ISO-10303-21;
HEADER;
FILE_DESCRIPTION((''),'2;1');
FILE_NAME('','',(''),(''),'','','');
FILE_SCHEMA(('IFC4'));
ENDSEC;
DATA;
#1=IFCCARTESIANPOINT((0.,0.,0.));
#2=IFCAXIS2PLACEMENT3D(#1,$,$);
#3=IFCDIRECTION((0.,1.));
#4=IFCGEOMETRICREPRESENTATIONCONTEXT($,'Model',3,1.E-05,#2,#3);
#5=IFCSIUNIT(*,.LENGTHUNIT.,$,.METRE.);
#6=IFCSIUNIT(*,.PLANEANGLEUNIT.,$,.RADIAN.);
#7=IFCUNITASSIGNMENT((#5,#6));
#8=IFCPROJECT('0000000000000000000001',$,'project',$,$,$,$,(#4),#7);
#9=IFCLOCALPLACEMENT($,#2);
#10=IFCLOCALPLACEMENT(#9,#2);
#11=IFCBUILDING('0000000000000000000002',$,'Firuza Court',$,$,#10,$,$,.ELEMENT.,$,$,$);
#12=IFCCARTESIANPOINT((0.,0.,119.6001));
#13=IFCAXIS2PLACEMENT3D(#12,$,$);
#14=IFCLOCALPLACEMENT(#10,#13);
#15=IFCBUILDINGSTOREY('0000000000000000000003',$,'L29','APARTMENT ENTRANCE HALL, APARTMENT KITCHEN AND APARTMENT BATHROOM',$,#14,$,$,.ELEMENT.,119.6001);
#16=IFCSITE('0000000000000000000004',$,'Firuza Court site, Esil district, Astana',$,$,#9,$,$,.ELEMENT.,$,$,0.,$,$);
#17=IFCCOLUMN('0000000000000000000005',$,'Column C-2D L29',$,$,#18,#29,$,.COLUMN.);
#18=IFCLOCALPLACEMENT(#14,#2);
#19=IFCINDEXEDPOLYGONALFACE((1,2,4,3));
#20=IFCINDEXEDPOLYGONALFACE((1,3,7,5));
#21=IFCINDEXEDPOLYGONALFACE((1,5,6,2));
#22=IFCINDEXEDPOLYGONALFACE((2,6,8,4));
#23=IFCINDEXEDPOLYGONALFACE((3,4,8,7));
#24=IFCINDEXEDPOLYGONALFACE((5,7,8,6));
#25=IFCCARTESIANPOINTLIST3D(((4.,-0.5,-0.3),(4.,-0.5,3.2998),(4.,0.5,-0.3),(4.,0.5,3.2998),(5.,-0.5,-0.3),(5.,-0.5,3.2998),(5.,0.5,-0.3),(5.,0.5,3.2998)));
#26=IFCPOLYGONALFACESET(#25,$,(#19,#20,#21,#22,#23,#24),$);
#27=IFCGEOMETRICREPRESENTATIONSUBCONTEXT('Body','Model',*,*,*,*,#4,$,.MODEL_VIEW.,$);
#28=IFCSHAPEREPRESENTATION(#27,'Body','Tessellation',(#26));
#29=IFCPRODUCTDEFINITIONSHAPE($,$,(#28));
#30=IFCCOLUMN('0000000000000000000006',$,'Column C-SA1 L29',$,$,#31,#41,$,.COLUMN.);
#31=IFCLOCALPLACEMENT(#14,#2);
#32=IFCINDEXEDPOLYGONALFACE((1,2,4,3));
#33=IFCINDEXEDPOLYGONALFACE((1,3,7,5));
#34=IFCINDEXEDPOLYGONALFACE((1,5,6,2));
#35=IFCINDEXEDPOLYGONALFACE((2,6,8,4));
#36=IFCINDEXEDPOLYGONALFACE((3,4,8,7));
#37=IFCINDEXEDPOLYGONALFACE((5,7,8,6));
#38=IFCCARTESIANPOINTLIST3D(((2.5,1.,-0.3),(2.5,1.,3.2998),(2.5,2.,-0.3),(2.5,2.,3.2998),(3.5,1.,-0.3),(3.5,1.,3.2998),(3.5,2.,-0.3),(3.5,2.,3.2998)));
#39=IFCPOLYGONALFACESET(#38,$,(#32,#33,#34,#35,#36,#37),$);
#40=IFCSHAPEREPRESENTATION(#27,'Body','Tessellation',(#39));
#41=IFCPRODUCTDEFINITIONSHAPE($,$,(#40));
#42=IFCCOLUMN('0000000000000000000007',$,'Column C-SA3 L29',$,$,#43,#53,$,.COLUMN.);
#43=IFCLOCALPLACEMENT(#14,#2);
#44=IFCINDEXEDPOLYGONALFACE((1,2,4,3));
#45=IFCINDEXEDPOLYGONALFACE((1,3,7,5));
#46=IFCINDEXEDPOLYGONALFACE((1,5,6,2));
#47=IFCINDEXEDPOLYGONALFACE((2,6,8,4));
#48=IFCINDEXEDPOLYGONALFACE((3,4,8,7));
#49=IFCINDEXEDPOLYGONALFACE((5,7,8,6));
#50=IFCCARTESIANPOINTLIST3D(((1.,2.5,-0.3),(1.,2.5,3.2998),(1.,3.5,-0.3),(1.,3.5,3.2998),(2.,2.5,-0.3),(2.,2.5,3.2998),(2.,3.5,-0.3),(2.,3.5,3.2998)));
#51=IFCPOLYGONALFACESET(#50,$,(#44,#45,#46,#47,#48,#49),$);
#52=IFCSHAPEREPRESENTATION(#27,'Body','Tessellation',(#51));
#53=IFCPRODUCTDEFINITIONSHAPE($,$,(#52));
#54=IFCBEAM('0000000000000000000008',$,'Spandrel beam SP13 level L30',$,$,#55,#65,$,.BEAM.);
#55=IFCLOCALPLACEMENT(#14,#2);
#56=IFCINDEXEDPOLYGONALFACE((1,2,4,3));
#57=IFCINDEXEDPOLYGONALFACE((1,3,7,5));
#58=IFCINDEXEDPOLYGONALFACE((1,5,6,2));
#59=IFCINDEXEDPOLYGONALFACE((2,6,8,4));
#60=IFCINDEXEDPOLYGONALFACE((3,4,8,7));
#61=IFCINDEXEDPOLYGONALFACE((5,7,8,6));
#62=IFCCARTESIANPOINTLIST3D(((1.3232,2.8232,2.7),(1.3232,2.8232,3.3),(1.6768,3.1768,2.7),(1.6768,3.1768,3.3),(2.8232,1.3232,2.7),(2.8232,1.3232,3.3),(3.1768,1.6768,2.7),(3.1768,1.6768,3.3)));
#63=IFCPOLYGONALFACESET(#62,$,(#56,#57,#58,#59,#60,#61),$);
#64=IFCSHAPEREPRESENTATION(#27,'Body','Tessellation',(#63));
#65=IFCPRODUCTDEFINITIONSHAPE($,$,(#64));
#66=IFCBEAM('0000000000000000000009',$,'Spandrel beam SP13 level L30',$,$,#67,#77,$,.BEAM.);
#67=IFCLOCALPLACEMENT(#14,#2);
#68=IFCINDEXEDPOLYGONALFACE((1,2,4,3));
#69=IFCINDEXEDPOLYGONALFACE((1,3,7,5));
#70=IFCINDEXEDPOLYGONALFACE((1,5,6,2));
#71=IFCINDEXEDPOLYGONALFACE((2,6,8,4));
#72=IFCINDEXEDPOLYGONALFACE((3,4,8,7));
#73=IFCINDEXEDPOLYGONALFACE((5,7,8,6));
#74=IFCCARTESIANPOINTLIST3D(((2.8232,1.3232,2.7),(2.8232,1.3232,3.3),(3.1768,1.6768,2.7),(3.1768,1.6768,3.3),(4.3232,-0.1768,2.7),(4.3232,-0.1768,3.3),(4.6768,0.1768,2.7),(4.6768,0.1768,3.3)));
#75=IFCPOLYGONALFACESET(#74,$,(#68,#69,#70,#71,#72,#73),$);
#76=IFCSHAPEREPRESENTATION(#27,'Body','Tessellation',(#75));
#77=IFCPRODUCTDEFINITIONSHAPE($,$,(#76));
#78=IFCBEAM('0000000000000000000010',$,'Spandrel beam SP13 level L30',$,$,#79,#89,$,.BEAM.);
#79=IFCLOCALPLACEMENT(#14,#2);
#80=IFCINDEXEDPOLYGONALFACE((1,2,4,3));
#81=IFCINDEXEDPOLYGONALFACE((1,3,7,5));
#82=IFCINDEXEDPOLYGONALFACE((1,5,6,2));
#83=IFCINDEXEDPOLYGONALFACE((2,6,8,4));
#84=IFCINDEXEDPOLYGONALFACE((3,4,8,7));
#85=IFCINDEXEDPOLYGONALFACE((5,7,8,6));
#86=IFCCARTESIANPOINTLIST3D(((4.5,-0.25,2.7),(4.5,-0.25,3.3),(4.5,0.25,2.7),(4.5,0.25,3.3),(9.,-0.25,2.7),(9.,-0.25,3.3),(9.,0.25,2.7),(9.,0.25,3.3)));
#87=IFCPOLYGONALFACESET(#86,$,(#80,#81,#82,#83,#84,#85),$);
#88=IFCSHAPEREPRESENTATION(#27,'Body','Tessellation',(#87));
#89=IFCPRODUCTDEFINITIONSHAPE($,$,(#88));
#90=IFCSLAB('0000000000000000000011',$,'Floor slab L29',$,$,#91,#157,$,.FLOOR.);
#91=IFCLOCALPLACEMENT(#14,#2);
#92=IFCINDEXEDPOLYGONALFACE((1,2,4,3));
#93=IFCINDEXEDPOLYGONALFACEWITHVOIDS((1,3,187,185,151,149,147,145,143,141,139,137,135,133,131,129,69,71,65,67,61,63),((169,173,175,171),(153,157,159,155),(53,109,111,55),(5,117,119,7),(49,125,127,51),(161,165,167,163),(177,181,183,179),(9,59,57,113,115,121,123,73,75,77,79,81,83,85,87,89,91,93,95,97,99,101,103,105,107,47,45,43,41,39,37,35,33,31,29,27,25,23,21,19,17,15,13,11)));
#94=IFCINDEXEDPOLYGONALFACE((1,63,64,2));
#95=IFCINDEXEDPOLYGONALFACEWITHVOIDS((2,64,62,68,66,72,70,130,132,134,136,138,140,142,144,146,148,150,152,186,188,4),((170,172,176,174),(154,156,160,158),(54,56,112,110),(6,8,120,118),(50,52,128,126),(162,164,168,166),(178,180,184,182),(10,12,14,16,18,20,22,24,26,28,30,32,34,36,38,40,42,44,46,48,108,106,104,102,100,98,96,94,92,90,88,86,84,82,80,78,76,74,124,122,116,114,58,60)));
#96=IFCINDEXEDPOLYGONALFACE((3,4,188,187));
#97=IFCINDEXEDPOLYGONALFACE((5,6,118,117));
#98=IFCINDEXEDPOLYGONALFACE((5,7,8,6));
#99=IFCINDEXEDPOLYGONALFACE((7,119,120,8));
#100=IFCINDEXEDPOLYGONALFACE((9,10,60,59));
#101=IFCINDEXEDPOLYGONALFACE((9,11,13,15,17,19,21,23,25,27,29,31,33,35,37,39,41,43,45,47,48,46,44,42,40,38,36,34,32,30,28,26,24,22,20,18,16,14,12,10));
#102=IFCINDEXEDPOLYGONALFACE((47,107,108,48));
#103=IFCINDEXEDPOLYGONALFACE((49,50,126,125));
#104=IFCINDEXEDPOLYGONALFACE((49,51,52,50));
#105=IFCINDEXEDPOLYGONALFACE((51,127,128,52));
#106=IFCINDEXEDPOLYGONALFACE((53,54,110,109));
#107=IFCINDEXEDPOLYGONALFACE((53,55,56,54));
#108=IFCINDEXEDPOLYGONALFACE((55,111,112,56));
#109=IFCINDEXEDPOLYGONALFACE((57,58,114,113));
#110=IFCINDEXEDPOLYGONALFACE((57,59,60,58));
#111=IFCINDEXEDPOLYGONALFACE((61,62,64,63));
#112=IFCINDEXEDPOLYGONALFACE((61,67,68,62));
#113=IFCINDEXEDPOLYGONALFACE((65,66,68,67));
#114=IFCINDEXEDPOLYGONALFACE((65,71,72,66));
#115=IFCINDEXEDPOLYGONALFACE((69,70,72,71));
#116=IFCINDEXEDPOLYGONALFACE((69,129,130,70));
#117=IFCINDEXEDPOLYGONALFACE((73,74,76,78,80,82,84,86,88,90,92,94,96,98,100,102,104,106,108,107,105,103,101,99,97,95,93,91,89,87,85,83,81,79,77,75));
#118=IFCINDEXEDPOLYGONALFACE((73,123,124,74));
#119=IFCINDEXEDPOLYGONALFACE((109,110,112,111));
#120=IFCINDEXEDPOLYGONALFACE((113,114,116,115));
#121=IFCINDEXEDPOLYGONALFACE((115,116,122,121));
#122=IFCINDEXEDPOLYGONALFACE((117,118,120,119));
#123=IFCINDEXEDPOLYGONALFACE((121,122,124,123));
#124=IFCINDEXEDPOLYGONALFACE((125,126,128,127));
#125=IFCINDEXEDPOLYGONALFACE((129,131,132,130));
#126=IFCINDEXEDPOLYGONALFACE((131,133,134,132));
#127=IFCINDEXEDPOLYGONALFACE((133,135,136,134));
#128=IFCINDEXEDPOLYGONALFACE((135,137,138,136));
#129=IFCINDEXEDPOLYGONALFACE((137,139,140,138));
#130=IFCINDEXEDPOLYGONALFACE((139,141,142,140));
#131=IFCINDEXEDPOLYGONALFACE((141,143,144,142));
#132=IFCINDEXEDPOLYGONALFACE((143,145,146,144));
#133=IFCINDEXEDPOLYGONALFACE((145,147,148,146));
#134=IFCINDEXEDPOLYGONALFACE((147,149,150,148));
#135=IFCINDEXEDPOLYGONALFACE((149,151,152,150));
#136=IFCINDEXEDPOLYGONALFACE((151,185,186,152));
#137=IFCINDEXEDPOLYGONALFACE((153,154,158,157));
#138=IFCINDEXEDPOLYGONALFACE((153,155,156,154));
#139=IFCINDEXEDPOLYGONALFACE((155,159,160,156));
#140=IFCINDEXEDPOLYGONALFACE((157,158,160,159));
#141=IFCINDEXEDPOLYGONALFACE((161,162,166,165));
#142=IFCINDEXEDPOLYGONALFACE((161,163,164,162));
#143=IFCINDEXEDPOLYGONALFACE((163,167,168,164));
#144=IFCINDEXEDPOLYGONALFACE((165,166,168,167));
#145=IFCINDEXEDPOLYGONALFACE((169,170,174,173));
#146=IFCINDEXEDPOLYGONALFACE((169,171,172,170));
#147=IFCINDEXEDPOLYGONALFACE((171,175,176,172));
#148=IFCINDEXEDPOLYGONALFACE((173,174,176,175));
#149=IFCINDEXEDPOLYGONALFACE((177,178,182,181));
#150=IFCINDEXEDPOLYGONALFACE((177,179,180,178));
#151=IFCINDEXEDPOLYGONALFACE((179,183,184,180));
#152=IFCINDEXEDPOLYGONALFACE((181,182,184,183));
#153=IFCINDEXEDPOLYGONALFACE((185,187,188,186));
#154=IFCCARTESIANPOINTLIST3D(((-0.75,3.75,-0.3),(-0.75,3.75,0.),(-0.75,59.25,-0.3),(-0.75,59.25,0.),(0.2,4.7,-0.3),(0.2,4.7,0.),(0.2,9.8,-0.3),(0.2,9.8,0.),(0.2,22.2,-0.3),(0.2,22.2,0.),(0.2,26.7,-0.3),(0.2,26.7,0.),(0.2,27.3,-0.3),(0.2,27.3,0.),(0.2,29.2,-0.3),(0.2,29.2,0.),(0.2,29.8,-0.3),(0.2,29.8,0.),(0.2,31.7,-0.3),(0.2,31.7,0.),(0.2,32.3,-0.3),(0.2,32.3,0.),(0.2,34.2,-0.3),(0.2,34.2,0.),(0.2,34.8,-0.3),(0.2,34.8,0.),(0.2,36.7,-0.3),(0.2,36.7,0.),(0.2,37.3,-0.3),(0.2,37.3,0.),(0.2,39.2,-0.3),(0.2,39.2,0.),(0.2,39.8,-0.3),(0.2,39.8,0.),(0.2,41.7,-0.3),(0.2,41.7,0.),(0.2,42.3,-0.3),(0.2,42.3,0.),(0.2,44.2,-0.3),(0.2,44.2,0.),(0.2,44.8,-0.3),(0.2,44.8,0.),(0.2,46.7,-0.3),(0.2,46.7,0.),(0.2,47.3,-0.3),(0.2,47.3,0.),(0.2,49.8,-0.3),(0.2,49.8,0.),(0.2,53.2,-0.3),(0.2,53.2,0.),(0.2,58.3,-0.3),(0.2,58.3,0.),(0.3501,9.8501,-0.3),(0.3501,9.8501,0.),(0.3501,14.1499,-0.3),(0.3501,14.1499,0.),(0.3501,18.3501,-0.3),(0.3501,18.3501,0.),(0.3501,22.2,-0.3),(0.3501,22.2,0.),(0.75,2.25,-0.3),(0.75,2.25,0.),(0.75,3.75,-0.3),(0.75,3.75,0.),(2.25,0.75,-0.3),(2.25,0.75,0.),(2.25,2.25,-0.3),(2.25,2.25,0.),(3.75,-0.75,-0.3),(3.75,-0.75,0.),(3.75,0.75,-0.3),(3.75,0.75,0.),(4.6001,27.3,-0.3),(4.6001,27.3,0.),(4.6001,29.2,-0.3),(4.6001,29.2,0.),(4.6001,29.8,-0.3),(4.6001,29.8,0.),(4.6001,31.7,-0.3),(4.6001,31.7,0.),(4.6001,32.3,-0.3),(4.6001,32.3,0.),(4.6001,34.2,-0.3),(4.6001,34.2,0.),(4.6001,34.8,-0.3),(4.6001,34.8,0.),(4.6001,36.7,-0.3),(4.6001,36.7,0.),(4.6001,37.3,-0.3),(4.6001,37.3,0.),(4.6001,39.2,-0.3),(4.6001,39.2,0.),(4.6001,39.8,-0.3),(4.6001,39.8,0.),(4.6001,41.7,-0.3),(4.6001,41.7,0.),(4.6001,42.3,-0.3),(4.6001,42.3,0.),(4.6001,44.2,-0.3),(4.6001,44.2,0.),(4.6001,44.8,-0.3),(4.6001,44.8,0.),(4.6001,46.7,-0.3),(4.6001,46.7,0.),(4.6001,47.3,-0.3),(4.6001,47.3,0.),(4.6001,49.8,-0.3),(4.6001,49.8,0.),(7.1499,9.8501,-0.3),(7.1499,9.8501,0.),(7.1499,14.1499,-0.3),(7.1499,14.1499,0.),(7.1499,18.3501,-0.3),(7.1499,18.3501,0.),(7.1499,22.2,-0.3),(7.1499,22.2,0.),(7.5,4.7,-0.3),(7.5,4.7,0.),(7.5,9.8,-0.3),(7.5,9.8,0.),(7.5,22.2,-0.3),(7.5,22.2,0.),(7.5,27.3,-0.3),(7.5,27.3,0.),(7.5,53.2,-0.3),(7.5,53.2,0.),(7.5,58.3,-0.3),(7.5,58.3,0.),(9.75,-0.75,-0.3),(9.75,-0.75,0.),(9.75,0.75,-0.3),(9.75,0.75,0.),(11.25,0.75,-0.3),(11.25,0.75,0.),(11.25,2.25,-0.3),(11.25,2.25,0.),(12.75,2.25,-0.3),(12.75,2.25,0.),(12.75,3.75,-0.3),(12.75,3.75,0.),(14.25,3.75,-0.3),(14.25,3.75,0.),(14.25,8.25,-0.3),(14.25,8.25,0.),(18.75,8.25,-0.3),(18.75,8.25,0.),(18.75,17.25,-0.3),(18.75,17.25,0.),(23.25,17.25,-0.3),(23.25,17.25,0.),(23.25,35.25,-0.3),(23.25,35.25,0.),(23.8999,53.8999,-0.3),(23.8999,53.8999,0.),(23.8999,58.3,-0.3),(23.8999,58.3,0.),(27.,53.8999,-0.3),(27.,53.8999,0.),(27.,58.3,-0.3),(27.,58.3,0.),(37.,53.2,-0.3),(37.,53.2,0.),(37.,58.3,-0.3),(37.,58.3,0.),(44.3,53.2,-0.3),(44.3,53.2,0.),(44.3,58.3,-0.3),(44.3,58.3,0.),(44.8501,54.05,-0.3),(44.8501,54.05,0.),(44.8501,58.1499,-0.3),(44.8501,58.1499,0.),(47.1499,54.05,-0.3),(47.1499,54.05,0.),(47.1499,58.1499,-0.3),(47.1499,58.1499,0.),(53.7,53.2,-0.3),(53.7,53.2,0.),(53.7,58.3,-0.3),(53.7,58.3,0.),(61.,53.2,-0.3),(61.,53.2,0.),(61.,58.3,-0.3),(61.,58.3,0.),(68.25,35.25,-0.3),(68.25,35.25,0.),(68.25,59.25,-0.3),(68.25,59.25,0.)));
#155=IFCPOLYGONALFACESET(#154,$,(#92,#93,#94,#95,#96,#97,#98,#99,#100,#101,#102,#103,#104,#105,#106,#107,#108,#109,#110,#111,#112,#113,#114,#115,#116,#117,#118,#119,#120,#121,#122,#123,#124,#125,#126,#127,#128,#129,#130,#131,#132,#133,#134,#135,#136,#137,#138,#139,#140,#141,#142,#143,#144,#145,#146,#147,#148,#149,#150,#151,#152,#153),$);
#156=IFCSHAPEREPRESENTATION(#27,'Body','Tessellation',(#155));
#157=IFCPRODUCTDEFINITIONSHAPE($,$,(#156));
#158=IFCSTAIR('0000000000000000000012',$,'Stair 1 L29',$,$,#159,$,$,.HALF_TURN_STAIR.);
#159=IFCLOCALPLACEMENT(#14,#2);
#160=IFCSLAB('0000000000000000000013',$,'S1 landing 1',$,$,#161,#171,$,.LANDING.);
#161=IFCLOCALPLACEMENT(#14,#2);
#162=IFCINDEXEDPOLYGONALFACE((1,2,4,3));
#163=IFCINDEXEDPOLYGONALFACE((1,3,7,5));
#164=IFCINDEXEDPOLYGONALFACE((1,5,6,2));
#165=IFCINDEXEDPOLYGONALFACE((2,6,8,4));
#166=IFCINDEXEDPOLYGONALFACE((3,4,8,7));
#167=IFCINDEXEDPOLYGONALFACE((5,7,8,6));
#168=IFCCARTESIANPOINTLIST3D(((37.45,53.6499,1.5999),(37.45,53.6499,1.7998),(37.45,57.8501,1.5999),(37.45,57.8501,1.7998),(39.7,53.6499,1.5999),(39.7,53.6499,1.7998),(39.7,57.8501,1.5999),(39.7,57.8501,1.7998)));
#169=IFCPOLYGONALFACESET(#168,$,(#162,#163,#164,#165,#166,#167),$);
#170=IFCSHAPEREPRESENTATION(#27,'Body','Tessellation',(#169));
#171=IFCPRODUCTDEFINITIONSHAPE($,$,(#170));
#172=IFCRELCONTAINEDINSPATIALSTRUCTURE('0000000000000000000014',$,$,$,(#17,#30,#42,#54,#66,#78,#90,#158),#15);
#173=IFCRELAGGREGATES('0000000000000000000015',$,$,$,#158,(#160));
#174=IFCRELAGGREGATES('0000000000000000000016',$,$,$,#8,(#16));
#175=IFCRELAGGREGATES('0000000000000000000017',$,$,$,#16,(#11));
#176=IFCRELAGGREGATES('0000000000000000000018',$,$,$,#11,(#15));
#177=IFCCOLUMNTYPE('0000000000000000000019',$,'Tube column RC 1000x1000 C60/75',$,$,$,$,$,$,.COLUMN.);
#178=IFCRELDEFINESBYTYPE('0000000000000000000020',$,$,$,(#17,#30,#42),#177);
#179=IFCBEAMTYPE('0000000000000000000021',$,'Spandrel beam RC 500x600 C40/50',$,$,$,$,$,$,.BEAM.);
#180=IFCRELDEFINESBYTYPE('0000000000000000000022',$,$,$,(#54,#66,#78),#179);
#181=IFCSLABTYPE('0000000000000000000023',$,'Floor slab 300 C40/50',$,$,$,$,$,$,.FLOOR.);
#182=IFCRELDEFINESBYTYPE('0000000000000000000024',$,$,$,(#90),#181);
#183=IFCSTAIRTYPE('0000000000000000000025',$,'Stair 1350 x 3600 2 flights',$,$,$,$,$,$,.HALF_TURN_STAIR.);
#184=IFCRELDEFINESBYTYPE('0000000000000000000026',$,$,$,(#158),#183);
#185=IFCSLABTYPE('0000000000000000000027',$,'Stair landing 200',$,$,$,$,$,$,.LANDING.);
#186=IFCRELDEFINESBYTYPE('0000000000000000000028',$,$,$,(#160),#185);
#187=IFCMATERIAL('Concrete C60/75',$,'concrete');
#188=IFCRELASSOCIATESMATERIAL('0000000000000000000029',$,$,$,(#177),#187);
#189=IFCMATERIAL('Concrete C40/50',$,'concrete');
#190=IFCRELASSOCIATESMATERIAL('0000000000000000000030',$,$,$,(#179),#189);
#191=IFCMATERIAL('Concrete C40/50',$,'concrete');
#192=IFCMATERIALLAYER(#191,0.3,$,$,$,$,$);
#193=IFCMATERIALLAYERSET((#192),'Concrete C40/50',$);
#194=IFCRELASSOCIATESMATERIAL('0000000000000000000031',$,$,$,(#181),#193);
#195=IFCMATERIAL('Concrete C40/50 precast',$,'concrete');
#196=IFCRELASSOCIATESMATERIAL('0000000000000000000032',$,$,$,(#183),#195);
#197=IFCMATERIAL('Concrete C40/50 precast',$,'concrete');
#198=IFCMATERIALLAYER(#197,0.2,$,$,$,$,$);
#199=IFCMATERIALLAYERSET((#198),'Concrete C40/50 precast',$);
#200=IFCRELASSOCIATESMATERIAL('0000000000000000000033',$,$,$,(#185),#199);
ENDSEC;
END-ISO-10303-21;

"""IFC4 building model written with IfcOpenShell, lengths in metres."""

from ifc_helpers import new_model, si_unit, direction, frame, origin, origin_2d, place, context, subcontext, project, spatial, polyline, rectangle, outline, extrude, material, layer, layer_set, material_profile, profile_set, type_object, element, aggregate, save


model = new_model("IFC4")

# Units and contexts
model_context = context("Model", 3, precision=1e-05, world=origin(), true_north=direction((0.0, 1.0)))
body_context = subcontext(model_context, "Body", "Model", "MODEL_VIEW")
ifc_project = project(units=[si_unit("LENGTHUNIT", "METRE"), si_unit("PLANEANGLEUNIT", "RADIAN")], contexts=[model_context])

# Site, building, storey
site_placement = place(None, origin())
site = spatial("IfcSite", under=ifc_project, at=site_placement, Name="Firuza Court site, Esil district, Astana", CompositionType="ELEMENT", RefElevation=0.0)
building_placement = place(site_placement, origin())
building = spatial("IfcBuilding", under=site, at=building_placement, Name="Firuza Court", CompositionType="ELEMENT")
storey_placement = place(building_placement, frame((0.0, 0.0, 119.6001)))
storey = spatial("IfcBuildingStorey", under=building, at=storey_placement, Name="L29", Description="APARTMENT ENTRANCE HALL, APARTMENT KITCHEN AND APARTMENT BATHROOM", CompositionType="ELEMENT", Elevation=119.6001)

# Columns
ifc_material_1 = material(Name="Concrete C60/75", Category="concrete")
ifc_material_profile_1 = material_profile(ifc_material_1, rectangle(XDim=1.0, YDim=1.0, at=origin_2d()), Name="RC 1000x1000")
ifc_profile_set_1 = profile_set([ifc_material_profile_1], Name="Concrete C60/75")
column_type = type_object("IfcColumnType", Name="Tube column RC 1000x1000 C60/75", PredefinedType="COLUMN", material=ifc_profile_set_1)
for number, where, z_axis, x_axis, name in (
    (1, (4.5, 0.0, -0.3), (0.0, 0.0, 1.0), (1.0, 0.0, 0.0), "Column C-2D L29"),
    (2, (3.0, 1.5, -0.3), (0.0, 0.0, 1.0), (1.0, 0.0, 0.0), "Column C-SA1 L29"),
    (3, (1.5, 3.0, -0.3), (0.0, 0.0, 1.0), (1.0, 0.0, 0.0), "Column C-SA3 L29"),
):
    element("IfcColumn", number, at=place(storey_placement, frame(where, z_axis=z_axis, x_axis=x_axis)), inside=storey, type_object=column_type, Name=name, PredefinedType="COLUMN", context=body_context, shape_type="SweptSolid", body=[
        extrude(rectangle(XDim=1.0, YDim=1.0, at=origin_2d()), origin(), (0.0, 0.0, 1.0), 3.5999),
    ])

# Beams
ifc_material_2 = material(Name="Concrete C40/50", Category="concrete")
ifc_material_profile_2 = material_profile(ifc_material_2, rectangle(XDim=0.5, YDim=0.6001, at=origin_2d()), Name="RC 500x600")
ifc_profile_set_2 = profile_set([ifc_material_profile_2], Name="Concrete C40/50")
beam_type = type_object("IfcBeamType", Name="Spandrel beam RC 500x600 C40/50", PredefinedType="BEAM", material=ifc_profile_set_2)
for number, where, z_axis, x_axis, name in (
    (4, (1.5, 3.0, 3.0), (0.707107, -0.707107, 0.0), (0.707107, 0.707107, 0.0), "Spandrel beam SP13 level L30"),
    (5, (3.0, 1.5, 3.0), (0.707107, -0.707107, 0.0), (0.707107, 0.707107, 0.0), "Spandrel beam SP13 level L30"),
):
    element("IfcBeam", number, at=place(storey_placement, frame(where, z_axis=z_axis, x_axis=x_axis)), inside=storey, type_object=beam_type, Name=name, PredefinedType="BEAM", context=body_context, shape_type="SweptSolid", body=[
        extrude(rectangle(XDim=0.5, YDim=0.6001, at=origin_2d()), origin(), (0.0, 0.0, 1.0), 2.1213),
    ])
beam_placement = place(storey_placement, frame((4.5, 0.0, 3.0), z_axis=(1.0, 0.0, 0.0), x_axis=(0.0, 1.0, 0.0)))
element("IfcBeam", 6, at=beam_placement, inside=storey, type_object=beam_type, Name="Spandrel beam SP13 level L30", PredefinedType="BEAM", context=body_context, shape_type="SweptSolid", body=[
    extrude(rectangle(XDim=0.5, YDim=0.6001, at=origin_2d()), origin(), (0.0, 0.0, 1.0), 4.5),
])

# Slab
ifc_material_3 = material(Name="Concrete C40/50", Category="concrete")
ifc_layer_1 = layer(ifc_material_3, 0.3)
ifc_layer_set_1 = layer_set([ifc_layer_1], Name="Concrete C40/50")
slab_type_1 = type_object("IfcSlabType", Name="Floor slab 300 C40/50", PredefinedType="FLOOR", material=ifc_layer_set_1)
slab_1_placement = place(storey_placement, frame((0.0, 0.0, -0.3)))
element("IfcSlab", 7, at=slab_1_placement, inside=storey, type_object=slab_type_1, Name="Floor slab L29", PredefinedType="FLOOR", context=body_context, shape_type="SweptSolid", body=[
    extrude(outline(polyline([(3.75, -0.75), (3.75, 0.75), (2.25, 0.75), (2.25, 2.25), (0.75, 2.25), (0.75, 3.75), (-0.75, 3.75), (-0.75, 59.25), (68.25, 59.25), (68.25, 35.25), (23.25, 35.25), (23.25, 17.25), (18.75, 17.25), (18.75, 8.25), (14.25, 8.25), (14.25, 3.75), (12.75, 3.75), (12.75, 2.25), (11.25, 2.25), (11.25, 0.75), (9.75, 0.75), (9.75, -0.75), (3.75, -0.75)]), holes=[polyline([(0.2, 29.8), (0.2, 29.2), (0.2, 27.3), (0.2, 26.7), (0.2, 22.2), (0.3501, 22.2), (0.3501, 18.3501), (7.1499, 18.3501), (7.1499, 22.2), (7.5, 22.2), (7.5, 27.3), (4.6001, 27.3), (4.6001, 29.2), (4.6001, 29.8), (4.6001, 31.7), (4.6001, 32.3), (4.6001, 34.2), (4.6001, 34.8), (4.6001, 36.7), (4.6001, 37.3), (4.6001, 39.2), (4.6001, 39.8), (4.6001, 41.7), (4.6001, 42.3), (4.6001, 44.2), (4.6001, 44.8), (4.6001, 46.7), (4.6001, 47.3), (4.6001, 49.8), (0.2, 49.8), (0.2, 47.3), (0.2, 46.7), (0.2, 44.8), (0.2, 44.2), (0.2, 42.3), (0.2, 41.7), (0.2, 39.8), (0.2, 39.2), (0.2, 37.3), (0.2, 36.7), (0.2, 34.8), (0.2, 34.2), (0.2, 32.3), (0.2, 31.7), (0.2, 29.8)]), polyline([(7.5, 9.8), (0.2, 9.8), (0.2, 4.7), (7.5, 4.7), (7.5, 9.8)]), polyline([(7.1499, 14.1499), (0.3501, 14.1499), (0.3501, 9.8501), (7.1499, 9.8501), (7.1499, 14.1499)]), polyline([(7.5, 58.3), (0.2, 58.3), (0.2, 53.2), (7.5, 53.2), (7.5, 58.3)]), polyline([(44.3, 58.3), (37.0, 58.3), (37.0, 53.2), (44.3, 53.2), (44.3, 58.3)]), polyline([(61.0, 58.3), (53.7, 58.3), (53.7, 53.2), (61.0, 53.2), (61.0, 58.3)]), polyline([(27.0, 53.8999), (27.0, 58.3), (23.8999, 58.3), (23.8999, 53.8999), (27.0, 53.8999)]), polyline([(47.1499, 54.05), (47.1499, 58.1499), (44.8501, 58.1499), (44.8501, 54.05), (47.1499, 54.05)])]), origin(), (0.0, 0.0, 1.0), 0.3),
])

# Stair, slab
ifc_material_4 = material(Name="Concrete C40/50 precast", Category="concrete")
stair_type = type_object("IfcStairType", Name="Stair 1350 x 3600 2 flights", PredefinedType="HALF_TURN_STAIR", material=ifc_material_4)
stair_1_placement = place(storey_placement, origin())
stair_1 = element("IfcStair", 8, at=stair_1_placement, inside=storey, type_object=stair_type, Name="Stair 1 L29", PredefinedType="HALF_TURN_STAIR")
ifc_material_5 = material(Name="Concrete C40/50 precast", Category="concrete")
ifc_layer_2 = layer(ifc_material_5, 0.2)
ifc_layer_set_2 = layer_set([ifc_layer_2], Name="Concrete C40/50 precast")
slab_type_2 = type_object("IfcSlabType", Name="Stair landing 200", PredefinedType="LANDING", material=ifc_layer_set_2)
slab_2_placement = place(storey_placement, frame((0.0, 0.0, 1.5999)))
slab_2 = element("IfcSlab", 9, at=slab_2_placement, type_object=slab_type_2, Name="S1 landing 1", PredefinedType="LANDING", context=body_context, shape_type="SweptSolid", body=[
    extrude(outline(polyline([(39.7, 53.6499), (39.7, 57.8501), (37.45, 57.8501), (37.45, 53.6499), (39.7, 53.6499)])), origin(), (0.0, 0.0, 1.0), 0.2),
])
aggregate(stair_1, [slab_2])

save(model, "model.ifc")
